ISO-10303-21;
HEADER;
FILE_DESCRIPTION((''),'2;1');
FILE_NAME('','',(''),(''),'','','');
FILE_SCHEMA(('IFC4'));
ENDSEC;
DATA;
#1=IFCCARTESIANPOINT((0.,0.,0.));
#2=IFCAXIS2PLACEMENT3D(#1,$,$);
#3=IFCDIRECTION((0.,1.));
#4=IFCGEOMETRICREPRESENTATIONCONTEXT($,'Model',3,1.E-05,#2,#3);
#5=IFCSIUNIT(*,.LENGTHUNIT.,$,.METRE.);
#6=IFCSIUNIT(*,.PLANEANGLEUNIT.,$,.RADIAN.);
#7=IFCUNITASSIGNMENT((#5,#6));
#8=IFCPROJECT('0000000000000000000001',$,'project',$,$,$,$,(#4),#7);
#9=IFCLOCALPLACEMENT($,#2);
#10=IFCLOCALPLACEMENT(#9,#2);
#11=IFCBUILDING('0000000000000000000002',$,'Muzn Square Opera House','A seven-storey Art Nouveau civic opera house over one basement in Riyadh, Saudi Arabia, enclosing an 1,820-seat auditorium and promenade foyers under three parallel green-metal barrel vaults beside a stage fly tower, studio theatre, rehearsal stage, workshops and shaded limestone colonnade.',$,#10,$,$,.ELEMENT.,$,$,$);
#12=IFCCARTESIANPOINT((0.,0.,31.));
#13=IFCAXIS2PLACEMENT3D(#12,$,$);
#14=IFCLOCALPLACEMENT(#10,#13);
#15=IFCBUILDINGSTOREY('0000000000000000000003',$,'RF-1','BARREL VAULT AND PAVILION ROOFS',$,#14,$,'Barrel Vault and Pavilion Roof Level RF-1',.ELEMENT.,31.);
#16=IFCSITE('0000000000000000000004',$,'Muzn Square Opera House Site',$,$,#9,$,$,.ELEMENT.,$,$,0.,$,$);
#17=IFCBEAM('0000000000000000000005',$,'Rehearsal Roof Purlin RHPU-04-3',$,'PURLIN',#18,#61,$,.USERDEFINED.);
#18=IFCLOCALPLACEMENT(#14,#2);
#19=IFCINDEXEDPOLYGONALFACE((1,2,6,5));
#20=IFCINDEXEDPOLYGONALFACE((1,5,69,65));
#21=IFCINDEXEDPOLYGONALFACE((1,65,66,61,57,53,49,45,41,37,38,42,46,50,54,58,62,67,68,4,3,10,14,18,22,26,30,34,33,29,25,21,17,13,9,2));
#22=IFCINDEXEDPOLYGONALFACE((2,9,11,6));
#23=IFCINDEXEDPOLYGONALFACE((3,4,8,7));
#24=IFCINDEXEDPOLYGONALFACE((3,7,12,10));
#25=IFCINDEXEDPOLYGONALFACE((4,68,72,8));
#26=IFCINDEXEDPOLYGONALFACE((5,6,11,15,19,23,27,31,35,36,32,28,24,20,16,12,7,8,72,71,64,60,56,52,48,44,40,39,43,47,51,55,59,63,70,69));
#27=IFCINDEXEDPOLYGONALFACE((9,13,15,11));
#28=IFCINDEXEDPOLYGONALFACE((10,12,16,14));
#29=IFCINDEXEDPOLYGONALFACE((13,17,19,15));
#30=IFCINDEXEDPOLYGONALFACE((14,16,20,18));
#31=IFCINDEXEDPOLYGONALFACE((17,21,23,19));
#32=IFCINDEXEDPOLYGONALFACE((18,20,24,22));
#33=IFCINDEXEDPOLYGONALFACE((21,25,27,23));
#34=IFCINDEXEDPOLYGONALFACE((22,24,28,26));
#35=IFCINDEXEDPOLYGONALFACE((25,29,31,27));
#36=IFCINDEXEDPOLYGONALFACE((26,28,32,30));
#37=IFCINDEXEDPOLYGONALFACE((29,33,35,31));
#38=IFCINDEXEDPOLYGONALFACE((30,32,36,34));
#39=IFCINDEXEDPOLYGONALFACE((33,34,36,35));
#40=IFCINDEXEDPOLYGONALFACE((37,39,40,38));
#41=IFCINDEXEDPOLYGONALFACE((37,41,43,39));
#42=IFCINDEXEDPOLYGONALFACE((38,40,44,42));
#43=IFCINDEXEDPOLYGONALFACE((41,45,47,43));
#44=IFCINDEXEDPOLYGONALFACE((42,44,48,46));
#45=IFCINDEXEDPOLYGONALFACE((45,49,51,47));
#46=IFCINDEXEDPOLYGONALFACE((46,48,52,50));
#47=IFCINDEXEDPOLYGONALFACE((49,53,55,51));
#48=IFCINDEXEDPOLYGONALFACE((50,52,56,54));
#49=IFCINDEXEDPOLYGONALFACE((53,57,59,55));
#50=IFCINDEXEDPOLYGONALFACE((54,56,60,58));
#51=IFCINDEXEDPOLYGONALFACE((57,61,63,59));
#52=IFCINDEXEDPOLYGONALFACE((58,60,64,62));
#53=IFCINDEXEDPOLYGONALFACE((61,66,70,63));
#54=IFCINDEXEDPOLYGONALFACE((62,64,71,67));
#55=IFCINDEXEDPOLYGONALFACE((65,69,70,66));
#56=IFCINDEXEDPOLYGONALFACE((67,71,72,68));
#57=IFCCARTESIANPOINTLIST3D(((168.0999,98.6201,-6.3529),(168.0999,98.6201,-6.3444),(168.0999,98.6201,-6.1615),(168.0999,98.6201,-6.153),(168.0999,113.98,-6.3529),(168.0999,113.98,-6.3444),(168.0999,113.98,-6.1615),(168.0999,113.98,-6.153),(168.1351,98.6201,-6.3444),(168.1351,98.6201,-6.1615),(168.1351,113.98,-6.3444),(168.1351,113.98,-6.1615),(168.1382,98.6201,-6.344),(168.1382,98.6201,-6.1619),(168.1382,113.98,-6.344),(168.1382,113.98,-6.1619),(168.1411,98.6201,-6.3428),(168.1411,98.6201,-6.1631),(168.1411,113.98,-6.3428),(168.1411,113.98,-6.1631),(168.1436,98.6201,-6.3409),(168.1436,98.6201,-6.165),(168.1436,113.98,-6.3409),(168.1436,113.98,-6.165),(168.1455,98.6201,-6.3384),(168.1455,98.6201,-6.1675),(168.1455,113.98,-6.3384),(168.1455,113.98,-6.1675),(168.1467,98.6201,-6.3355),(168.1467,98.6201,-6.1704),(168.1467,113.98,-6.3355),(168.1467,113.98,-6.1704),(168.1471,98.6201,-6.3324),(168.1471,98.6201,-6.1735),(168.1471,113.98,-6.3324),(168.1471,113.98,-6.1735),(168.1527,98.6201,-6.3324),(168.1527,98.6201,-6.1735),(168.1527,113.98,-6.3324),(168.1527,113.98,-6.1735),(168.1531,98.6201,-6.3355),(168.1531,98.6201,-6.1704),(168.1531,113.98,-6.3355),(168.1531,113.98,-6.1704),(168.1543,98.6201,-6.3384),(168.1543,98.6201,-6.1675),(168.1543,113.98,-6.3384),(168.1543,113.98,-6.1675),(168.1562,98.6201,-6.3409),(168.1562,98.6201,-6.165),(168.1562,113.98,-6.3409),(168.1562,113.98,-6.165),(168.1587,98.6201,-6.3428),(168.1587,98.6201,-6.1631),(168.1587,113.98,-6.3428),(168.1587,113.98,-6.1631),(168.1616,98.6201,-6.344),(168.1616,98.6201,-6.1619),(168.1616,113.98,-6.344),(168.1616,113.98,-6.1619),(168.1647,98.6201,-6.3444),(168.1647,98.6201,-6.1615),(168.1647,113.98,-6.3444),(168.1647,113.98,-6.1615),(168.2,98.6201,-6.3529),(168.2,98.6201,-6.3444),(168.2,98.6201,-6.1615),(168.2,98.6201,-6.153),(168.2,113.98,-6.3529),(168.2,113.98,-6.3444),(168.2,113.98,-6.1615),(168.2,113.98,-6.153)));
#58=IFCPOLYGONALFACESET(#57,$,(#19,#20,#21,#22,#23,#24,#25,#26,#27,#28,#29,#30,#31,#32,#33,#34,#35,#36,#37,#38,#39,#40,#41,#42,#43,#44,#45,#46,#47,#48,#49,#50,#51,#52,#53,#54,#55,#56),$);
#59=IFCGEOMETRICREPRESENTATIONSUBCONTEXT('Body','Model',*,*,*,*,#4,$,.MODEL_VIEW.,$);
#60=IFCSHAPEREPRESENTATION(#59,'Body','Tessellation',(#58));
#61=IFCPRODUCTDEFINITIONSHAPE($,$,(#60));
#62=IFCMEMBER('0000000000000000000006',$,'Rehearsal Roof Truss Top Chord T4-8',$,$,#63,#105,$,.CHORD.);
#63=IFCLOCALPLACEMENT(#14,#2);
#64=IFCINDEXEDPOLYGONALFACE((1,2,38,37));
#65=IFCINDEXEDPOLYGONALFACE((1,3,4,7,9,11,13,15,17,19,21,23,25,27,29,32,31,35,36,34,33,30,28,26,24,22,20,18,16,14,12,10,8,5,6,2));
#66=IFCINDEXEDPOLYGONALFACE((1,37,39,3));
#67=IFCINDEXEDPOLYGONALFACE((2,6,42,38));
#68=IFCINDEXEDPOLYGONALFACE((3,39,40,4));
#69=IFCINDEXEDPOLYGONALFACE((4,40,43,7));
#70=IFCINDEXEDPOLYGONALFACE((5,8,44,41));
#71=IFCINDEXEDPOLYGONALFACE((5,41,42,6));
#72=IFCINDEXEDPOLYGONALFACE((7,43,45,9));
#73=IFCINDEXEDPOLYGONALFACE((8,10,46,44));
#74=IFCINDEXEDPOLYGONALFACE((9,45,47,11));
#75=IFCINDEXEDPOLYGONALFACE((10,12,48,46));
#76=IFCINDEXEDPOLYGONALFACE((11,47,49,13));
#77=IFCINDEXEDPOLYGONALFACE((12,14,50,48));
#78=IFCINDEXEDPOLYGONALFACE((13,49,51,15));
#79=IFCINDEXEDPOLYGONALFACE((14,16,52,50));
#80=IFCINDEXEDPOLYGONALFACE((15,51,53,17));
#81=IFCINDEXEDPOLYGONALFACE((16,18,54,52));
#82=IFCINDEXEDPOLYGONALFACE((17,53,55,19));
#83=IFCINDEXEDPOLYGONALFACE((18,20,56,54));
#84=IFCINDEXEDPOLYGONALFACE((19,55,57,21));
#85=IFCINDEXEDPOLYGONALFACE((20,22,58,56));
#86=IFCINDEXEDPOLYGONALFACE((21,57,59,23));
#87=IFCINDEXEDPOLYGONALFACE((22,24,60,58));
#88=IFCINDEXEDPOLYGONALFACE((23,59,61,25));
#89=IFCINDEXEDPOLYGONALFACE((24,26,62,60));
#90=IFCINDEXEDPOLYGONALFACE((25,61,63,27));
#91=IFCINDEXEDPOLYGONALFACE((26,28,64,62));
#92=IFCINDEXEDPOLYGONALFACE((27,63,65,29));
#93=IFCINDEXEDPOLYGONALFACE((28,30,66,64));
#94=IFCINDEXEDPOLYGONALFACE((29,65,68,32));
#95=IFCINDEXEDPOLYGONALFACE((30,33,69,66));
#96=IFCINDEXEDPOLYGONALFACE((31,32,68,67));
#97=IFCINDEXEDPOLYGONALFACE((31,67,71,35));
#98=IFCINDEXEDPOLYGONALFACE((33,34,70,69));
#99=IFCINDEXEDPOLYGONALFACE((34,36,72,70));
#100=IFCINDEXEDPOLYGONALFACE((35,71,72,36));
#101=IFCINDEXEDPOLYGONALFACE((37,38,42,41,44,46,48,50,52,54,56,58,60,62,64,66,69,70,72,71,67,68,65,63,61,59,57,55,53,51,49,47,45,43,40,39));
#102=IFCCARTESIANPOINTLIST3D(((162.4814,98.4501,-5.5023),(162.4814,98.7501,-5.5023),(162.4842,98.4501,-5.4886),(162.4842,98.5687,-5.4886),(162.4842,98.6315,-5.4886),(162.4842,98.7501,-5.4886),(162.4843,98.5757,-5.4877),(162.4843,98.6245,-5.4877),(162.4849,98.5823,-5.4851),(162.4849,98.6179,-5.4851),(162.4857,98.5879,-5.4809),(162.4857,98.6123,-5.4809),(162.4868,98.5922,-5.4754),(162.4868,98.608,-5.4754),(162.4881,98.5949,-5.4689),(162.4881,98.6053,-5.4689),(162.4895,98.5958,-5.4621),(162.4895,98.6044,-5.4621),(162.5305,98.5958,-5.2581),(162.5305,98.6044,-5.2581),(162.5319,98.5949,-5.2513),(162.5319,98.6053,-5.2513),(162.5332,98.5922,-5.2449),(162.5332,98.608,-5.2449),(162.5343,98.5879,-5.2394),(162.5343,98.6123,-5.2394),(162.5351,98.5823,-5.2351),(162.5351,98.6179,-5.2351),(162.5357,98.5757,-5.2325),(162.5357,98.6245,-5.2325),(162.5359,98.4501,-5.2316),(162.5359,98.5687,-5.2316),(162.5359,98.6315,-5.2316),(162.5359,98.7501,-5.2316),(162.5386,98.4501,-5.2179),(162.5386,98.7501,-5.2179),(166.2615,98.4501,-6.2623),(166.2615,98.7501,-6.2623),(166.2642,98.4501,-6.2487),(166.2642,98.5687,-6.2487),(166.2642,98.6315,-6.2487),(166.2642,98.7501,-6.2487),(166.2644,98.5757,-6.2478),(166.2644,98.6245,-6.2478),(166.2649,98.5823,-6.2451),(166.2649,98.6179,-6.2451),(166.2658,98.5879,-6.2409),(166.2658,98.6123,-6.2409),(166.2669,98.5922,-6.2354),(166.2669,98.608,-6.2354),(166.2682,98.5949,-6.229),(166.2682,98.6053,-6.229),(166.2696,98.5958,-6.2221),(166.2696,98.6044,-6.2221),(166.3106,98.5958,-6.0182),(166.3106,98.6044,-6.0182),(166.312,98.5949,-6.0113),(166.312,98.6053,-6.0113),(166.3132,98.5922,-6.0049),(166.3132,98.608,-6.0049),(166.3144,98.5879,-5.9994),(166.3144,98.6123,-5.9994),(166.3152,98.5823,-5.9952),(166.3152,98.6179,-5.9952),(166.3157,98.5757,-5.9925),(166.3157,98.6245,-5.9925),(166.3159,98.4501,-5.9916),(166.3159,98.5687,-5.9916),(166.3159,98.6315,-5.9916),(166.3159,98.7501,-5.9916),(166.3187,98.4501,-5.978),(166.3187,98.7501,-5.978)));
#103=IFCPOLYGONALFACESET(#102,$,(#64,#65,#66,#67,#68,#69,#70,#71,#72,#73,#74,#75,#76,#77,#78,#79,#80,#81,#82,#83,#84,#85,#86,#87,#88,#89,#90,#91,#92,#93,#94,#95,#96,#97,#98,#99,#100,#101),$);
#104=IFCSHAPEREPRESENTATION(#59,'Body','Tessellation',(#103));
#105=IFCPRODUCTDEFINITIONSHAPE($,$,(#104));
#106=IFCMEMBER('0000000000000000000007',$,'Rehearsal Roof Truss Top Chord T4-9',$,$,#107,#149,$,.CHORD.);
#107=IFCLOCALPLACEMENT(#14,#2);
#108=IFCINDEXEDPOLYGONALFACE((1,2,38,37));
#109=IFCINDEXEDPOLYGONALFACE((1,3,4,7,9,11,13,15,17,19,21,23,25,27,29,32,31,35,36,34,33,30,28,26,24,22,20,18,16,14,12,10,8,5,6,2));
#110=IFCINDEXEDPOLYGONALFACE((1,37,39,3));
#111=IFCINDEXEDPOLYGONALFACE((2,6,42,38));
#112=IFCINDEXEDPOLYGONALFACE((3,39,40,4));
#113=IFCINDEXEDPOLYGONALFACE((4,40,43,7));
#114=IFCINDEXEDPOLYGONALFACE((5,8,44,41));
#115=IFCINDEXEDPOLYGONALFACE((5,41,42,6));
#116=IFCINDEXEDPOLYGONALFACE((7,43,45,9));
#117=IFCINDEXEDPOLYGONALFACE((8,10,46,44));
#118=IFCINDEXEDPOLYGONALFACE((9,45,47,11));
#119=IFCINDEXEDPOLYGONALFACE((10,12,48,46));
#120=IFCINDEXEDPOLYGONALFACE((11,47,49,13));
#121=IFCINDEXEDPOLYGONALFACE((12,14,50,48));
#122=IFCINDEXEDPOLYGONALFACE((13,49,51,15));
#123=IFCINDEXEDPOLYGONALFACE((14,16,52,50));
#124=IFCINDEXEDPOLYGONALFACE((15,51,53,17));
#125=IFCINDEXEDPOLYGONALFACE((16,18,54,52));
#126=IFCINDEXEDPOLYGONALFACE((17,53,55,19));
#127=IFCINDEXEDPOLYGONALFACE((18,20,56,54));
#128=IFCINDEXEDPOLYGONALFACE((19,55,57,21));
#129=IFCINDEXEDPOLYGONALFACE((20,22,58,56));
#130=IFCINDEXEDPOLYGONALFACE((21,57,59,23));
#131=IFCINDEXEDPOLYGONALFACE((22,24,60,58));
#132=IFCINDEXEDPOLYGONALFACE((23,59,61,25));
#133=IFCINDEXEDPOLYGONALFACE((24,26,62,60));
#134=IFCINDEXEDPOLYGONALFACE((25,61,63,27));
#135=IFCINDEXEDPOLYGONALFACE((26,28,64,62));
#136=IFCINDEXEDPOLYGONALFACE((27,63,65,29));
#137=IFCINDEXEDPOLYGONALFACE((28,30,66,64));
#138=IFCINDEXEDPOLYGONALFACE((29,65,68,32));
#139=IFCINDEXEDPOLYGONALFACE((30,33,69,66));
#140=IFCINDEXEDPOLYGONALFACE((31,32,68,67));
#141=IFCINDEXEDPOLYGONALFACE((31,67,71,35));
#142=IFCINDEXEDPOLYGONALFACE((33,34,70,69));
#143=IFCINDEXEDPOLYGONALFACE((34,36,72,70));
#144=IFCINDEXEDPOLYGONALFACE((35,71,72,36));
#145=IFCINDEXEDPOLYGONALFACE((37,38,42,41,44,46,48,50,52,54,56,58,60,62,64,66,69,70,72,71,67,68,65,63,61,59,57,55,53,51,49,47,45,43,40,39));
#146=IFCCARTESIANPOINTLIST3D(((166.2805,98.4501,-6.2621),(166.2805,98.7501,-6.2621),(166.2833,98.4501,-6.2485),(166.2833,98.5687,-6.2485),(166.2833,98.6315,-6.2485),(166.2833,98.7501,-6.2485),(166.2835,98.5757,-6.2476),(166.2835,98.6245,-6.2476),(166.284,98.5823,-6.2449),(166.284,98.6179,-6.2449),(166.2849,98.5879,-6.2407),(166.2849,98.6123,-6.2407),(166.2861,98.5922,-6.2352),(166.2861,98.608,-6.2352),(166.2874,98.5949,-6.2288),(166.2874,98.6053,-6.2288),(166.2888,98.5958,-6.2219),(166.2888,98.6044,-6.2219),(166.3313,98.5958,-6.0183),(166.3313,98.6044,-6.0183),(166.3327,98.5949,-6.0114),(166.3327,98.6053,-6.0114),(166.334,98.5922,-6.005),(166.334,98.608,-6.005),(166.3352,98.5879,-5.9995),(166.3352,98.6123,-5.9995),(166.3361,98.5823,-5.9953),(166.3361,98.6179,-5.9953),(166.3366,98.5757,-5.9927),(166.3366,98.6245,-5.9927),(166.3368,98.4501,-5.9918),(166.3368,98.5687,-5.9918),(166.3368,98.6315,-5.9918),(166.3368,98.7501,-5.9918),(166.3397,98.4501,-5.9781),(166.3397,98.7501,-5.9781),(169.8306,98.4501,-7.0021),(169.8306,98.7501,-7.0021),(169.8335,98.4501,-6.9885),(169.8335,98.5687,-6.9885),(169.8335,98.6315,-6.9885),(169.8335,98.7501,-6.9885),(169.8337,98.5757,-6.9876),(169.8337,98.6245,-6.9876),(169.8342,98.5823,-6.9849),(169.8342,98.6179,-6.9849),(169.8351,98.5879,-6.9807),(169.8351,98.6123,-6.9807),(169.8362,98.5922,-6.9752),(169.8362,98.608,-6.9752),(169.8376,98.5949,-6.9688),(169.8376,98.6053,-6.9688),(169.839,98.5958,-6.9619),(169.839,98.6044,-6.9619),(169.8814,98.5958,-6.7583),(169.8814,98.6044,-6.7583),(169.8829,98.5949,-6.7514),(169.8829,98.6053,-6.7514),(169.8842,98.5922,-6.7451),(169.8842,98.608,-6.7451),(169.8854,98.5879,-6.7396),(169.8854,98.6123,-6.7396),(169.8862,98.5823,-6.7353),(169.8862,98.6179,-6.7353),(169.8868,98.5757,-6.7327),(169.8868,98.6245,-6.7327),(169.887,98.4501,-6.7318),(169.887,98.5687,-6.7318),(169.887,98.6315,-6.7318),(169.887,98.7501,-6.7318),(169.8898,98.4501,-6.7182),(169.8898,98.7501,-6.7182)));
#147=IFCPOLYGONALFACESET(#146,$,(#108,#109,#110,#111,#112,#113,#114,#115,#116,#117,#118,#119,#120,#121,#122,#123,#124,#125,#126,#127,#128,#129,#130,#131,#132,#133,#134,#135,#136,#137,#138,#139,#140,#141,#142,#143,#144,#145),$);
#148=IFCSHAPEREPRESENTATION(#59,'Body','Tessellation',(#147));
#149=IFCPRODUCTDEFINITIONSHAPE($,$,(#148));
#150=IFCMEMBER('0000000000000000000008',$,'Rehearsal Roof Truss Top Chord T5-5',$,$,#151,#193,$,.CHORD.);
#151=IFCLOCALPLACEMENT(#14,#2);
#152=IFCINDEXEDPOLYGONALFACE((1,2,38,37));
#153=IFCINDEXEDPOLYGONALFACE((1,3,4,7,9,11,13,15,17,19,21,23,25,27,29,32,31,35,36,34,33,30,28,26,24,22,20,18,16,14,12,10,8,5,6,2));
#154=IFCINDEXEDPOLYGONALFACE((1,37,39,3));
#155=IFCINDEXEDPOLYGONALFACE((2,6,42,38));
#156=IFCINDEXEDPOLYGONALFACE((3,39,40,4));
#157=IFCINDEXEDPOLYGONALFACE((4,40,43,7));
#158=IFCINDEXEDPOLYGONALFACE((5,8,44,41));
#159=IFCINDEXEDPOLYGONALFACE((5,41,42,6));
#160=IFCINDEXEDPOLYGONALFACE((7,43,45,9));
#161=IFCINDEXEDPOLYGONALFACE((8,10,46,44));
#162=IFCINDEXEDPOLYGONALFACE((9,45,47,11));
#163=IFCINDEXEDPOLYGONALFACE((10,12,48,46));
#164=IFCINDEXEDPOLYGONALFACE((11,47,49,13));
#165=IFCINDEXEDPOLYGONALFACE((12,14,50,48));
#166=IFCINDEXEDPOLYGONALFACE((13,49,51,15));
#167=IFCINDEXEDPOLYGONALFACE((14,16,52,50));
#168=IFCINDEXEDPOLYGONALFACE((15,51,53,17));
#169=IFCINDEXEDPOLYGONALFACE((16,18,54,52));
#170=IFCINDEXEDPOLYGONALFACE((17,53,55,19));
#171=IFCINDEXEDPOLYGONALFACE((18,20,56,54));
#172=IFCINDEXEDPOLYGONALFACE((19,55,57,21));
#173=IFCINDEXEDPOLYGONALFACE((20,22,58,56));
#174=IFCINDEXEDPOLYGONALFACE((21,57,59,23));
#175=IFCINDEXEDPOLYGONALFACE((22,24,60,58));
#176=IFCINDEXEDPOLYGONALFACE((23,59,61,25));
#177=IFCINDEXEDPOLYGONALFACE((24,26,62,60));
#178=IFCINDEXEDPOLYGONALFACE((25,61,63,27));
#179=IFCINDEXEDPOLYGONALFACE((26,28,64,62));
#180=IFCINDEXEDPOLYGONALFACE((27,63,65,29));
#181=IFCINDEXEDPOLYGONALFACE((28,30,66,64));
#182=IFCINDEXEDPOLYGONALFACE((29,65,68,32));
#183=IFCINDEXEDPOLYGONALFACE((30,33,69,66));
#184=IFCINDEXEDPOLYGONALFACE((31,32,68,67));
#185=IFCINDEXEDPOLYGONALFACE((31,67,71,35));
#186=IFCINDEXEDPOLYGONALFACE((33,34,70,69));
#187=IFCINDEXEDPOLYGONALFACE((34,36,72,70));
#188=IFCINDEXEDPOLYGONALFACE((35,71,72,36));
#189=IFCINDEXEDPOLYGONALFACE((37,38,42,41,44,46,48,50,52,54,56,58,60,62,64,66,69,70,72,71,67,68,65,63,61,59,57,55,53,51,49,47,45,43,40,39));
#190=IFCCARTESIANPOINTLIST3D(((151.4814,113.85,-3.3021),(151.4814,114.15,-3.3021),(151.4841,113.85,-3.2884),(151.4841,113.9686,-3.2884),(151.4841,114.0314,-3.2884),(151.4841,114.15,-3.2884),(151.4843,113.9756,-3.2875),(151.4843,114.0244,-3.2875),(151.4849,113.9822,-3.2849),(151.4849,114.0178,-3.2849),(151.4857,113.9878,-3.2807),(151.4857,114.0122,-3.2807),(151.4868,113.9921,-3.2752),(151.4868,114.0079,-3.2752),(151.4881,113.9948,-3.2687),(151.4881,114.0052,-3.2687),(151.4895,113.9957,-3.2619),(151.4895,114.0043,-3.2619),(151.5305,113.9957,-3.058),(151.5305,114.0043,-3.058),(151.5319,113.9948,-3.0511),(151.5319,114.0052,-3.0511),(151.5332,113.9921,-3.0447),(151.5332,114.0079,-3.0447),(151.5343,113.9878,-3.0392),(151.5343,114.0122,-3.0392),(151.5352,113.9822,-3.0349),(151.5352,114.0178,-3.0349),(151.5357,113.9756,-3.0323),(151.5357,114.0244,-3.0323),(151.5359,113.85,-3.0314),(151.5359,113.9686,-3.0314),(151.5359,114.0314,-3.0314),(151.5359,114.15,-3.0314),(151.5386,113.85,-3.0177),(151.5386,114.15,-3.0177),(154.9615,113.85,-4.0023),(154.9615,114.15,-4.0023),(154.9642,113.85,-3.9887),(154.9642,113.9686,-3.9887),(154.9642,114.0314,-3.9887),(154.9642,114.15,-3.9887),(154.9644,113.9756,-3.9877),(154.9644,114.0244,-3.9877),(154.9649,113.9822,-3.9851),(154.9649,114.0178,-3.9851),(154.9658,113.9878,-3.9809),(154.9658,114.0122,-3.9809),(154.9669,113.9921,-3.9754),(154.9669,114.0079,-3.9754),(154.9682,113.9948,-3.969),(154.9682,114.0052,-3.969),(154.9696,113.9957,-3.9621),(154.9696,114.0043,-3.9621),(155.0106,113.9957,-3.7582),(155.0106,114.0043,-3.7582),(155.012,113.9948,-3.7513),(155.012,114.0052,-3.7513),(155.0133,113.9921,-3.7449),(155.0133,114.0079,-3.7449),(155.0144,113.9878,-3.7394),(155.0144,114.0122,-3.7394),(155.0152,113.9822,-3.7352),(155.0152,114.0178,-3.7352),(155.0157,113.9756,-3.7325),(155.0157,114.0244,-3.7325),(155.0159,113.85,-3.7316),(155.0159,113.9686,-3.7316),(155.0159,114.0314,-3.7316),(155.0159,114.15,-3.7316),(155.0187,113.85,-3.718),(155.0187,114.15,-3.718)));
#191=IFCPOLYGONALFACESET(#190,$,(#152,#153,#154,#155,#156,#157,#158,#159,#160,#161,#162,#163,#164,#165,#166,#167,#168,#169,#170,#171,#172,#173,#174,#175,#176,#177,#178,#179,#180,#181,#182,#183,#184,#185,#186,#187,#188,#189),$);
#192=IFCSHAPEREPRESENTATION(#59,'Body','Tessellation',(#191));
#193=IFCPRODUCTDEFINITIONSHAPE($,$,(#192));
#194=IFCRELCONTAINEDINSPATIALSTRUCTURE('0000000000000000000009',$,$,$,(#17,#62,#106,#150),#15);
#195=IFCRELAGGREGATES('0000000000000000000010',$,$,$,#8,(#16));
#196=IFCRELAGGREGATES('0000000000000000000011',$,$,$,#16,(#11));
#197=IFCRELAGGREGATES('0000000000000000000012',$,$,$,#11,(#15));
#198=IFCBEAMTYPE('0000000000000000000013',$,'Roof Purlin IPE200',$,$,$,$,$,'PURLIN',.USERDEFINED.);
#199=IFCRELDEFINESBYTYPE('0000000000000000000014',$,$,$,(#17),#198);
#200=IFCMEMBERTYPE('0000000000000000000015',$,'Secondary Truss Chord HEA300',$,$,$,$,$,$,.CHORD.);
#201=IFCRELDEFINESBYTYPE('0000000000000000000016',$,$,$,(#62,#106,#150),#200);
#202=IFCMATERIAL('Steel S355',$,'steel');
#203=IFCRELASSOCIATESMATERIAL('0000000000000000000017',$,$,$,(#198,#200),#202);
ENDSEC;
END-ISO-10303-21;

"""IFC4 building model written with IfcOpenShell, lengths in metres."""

from ifc_helpers import new_model, si_unit, direction, frame, origin, origin_2d, place, context, subcontext, project, spatial, i_section, extrude, material, material_profile, profile_set, type_object, element, save


model = new_model("IFC4")

# Units and contexts
model_context = context("Model", 3, precision=1e-05, world=origin(), true_north=direction((0.0, 1.0)))
body_context = subcontext(model_context, "Body", "Model", "MODEL_VIEW")
ifc_project = project(units=[si_unit("LENGTHUNIT", "METRE"), si_unit("PLANEANGLEUNIT", "RADIAN")], contexts=[model_context])

# Site, building, storey
site_placement = place(None, origin())
site = spatial("IfcSite", under=ifc_project, at=site_placement, Name="Muzn Square Opera House Site", CompositionType="ELEMENT", RefElevation=0.0)
building_placement = place(site_placement, origin())
building = spatial("IfcBuilding", under=site, at=building_placement, Name="Muzn Square Opera House", Description="A seven-storey Art Nouveau civic opera house over one basement in Riyadh, Saudi Arabia, enclosing an 1,820-seat auditorium and promenade foyers under three parallel green-metal barrel vaults beside a stage fly tower, studio theatre, rehearsal stage, workshops and shaded limestone colonnade.", CompositionType="ELEMENT")
storey_placement = place(building_placement, frame((0.0, 0.0, 31.0)))
storey = spatial("IfcBuildingStorey", under=building, at=storey_placement, Name="RF-1", Description="BARREL VAULT AND PAVILION ROOFS", LongName="Barrel Vault and Pavilion Roof Level RF-1", CompositionType="ELEMENT", Elevation=31.0)

# Shared definitions
ifc_material = material(Name="Steel S355", Category="steel")

# Beam
ifc_material_profile_1 = material_profile(ifc_material, i_section(OverallWidth=0.1001, OverallDepth=0.2, WebThickness=0.0056, FlangeThickness=0.0085, FilletRadius=0.012, at=origin_2d()), Name="IPE 200", Category="steel")
ifc_profile_set_1 = profile_set([ifc_material_profile_1], Name="Steel S355")
beam_type = type_object("IfcBeamType", Name="Roof Purlin IPE200", ElementType="PURLIN", PredefinedType="USERDEFINED", material=ifc_profile_set_1)
for number, where, z_axis, x_axis, name in (
    (1, (168.1499, 98.6201, -6.2529), (0.0, 1.0, 0.0), (-1.0, 0.0, 0.0), "Rehearsal Roof Purlin RHPU-04-3"),
):
    element("IfcBeam", number, at=place(storey_placement, frame(where, z_axis=z_axis, x_axis=x_axis)), inside=storey, type_object=beam_type, Name=name, ObjectType="PURLIN", PredefinedType="USERDEFINED", context=body_context, shape_type="SweptSolid", body=[
        extrude(i_section(OverallWidth=0.1001, OverallDepth=0.2, WebThickness=0.0056, FlangeThickness=0.0085, FilletRadius=0.012, at=origin_2d()), origin(), (0.0, 0.0, 1.0), 15.3599),
    ])

# Members
ifc_material_profile_2 = material_profile(ifc_material, i_section(OverallWidth=0.3, OverallDepth=0.29, WebThickness=0.0085, FlangeThickness=0.0139, FilletRadius=0.0271, at=origin_2d()), Name="HEA 300", Category="steel")
ifc_profile_set_2 = profile_set([ifc_material_profile_2], Name="Steel S355")
member_type_1 = type_object("IfcMemberType", Name="Secondary Truss Chord HEA300", PredefinedType="CHORD", material=ifc_profile_set_2)
member_1_placement = place(storey_placement, frame((162.51, 98.6001, -5.3601), z_axis=(0.98038, 0.0, -0.197115), x_axis=(0.0, 1.0, 0.0)))
element("IfcMember", 2, at=member_1_placement, inside=storey, type_object=member_type_1, Name="Rehearsal Roof Truss Top Chord T4-8", PredefinedType="CHORD", context=body_context, shape_type="SweptSolid", body=[
    extrude(i_section(OverallWidth=0.3, OverallDepth=0.29, WebThickness=0.0085, FlangeThickness=0.0139, FilletRadius=0.0271, at=origin_2d()), origin(), (0.0, 0.0, 1.0), 3.8557),
])
member_2_placement = place(storey_placement, frame((166.3101, 98.6001, -6.1201), z_axis=(0.978959, 0.0, -0.204059), x_axis=(0.0, 1.0, 0.0)))
element("IfcMember", 3, at=member_2_placement, inside=storey, type_object=member_type_1, Name="Rehearsal Roof Truss Top Chord T4-9", PredefinedType="CHORD", context=body_context, shape_type="SweptSolid", body=[
    extrude(i_section(OverallWidth=0.3, OverallDepth=0.29, WebThickness=0.0085, FlangeThickness=0.0139, FilletRadius=0.0271, at=origin_2d()), origin(), (0.0, 0.0, 1.0), 3.6265),
])
member_3_placement = place(storey_placement, frame((151.51, 114.0, -3.1599), z_axis=(0.980353, 0.0, -0.197253), x_axis=(0.0, 1.0, 0.0)))
element("IfcMember", 4, at=member_3_placement, inside=storey, type_object=member_type_1, Name="Rehearsal Roof Truss Top Chord T5-5", PredefinedType="CHORD", context=body_context, shape_type="SweptSolid", body=[
    extrude(i_section(OverallWidth=0.3, OverallDepth=0.29, WebThickness=0.0085, FlangeThickness=0.0139, FilletRadius=0.0271, at=origin_2d()), origin(), (0.0, 0.0, 1.0), 3.5498),
])

save(model, "model.ifc")
